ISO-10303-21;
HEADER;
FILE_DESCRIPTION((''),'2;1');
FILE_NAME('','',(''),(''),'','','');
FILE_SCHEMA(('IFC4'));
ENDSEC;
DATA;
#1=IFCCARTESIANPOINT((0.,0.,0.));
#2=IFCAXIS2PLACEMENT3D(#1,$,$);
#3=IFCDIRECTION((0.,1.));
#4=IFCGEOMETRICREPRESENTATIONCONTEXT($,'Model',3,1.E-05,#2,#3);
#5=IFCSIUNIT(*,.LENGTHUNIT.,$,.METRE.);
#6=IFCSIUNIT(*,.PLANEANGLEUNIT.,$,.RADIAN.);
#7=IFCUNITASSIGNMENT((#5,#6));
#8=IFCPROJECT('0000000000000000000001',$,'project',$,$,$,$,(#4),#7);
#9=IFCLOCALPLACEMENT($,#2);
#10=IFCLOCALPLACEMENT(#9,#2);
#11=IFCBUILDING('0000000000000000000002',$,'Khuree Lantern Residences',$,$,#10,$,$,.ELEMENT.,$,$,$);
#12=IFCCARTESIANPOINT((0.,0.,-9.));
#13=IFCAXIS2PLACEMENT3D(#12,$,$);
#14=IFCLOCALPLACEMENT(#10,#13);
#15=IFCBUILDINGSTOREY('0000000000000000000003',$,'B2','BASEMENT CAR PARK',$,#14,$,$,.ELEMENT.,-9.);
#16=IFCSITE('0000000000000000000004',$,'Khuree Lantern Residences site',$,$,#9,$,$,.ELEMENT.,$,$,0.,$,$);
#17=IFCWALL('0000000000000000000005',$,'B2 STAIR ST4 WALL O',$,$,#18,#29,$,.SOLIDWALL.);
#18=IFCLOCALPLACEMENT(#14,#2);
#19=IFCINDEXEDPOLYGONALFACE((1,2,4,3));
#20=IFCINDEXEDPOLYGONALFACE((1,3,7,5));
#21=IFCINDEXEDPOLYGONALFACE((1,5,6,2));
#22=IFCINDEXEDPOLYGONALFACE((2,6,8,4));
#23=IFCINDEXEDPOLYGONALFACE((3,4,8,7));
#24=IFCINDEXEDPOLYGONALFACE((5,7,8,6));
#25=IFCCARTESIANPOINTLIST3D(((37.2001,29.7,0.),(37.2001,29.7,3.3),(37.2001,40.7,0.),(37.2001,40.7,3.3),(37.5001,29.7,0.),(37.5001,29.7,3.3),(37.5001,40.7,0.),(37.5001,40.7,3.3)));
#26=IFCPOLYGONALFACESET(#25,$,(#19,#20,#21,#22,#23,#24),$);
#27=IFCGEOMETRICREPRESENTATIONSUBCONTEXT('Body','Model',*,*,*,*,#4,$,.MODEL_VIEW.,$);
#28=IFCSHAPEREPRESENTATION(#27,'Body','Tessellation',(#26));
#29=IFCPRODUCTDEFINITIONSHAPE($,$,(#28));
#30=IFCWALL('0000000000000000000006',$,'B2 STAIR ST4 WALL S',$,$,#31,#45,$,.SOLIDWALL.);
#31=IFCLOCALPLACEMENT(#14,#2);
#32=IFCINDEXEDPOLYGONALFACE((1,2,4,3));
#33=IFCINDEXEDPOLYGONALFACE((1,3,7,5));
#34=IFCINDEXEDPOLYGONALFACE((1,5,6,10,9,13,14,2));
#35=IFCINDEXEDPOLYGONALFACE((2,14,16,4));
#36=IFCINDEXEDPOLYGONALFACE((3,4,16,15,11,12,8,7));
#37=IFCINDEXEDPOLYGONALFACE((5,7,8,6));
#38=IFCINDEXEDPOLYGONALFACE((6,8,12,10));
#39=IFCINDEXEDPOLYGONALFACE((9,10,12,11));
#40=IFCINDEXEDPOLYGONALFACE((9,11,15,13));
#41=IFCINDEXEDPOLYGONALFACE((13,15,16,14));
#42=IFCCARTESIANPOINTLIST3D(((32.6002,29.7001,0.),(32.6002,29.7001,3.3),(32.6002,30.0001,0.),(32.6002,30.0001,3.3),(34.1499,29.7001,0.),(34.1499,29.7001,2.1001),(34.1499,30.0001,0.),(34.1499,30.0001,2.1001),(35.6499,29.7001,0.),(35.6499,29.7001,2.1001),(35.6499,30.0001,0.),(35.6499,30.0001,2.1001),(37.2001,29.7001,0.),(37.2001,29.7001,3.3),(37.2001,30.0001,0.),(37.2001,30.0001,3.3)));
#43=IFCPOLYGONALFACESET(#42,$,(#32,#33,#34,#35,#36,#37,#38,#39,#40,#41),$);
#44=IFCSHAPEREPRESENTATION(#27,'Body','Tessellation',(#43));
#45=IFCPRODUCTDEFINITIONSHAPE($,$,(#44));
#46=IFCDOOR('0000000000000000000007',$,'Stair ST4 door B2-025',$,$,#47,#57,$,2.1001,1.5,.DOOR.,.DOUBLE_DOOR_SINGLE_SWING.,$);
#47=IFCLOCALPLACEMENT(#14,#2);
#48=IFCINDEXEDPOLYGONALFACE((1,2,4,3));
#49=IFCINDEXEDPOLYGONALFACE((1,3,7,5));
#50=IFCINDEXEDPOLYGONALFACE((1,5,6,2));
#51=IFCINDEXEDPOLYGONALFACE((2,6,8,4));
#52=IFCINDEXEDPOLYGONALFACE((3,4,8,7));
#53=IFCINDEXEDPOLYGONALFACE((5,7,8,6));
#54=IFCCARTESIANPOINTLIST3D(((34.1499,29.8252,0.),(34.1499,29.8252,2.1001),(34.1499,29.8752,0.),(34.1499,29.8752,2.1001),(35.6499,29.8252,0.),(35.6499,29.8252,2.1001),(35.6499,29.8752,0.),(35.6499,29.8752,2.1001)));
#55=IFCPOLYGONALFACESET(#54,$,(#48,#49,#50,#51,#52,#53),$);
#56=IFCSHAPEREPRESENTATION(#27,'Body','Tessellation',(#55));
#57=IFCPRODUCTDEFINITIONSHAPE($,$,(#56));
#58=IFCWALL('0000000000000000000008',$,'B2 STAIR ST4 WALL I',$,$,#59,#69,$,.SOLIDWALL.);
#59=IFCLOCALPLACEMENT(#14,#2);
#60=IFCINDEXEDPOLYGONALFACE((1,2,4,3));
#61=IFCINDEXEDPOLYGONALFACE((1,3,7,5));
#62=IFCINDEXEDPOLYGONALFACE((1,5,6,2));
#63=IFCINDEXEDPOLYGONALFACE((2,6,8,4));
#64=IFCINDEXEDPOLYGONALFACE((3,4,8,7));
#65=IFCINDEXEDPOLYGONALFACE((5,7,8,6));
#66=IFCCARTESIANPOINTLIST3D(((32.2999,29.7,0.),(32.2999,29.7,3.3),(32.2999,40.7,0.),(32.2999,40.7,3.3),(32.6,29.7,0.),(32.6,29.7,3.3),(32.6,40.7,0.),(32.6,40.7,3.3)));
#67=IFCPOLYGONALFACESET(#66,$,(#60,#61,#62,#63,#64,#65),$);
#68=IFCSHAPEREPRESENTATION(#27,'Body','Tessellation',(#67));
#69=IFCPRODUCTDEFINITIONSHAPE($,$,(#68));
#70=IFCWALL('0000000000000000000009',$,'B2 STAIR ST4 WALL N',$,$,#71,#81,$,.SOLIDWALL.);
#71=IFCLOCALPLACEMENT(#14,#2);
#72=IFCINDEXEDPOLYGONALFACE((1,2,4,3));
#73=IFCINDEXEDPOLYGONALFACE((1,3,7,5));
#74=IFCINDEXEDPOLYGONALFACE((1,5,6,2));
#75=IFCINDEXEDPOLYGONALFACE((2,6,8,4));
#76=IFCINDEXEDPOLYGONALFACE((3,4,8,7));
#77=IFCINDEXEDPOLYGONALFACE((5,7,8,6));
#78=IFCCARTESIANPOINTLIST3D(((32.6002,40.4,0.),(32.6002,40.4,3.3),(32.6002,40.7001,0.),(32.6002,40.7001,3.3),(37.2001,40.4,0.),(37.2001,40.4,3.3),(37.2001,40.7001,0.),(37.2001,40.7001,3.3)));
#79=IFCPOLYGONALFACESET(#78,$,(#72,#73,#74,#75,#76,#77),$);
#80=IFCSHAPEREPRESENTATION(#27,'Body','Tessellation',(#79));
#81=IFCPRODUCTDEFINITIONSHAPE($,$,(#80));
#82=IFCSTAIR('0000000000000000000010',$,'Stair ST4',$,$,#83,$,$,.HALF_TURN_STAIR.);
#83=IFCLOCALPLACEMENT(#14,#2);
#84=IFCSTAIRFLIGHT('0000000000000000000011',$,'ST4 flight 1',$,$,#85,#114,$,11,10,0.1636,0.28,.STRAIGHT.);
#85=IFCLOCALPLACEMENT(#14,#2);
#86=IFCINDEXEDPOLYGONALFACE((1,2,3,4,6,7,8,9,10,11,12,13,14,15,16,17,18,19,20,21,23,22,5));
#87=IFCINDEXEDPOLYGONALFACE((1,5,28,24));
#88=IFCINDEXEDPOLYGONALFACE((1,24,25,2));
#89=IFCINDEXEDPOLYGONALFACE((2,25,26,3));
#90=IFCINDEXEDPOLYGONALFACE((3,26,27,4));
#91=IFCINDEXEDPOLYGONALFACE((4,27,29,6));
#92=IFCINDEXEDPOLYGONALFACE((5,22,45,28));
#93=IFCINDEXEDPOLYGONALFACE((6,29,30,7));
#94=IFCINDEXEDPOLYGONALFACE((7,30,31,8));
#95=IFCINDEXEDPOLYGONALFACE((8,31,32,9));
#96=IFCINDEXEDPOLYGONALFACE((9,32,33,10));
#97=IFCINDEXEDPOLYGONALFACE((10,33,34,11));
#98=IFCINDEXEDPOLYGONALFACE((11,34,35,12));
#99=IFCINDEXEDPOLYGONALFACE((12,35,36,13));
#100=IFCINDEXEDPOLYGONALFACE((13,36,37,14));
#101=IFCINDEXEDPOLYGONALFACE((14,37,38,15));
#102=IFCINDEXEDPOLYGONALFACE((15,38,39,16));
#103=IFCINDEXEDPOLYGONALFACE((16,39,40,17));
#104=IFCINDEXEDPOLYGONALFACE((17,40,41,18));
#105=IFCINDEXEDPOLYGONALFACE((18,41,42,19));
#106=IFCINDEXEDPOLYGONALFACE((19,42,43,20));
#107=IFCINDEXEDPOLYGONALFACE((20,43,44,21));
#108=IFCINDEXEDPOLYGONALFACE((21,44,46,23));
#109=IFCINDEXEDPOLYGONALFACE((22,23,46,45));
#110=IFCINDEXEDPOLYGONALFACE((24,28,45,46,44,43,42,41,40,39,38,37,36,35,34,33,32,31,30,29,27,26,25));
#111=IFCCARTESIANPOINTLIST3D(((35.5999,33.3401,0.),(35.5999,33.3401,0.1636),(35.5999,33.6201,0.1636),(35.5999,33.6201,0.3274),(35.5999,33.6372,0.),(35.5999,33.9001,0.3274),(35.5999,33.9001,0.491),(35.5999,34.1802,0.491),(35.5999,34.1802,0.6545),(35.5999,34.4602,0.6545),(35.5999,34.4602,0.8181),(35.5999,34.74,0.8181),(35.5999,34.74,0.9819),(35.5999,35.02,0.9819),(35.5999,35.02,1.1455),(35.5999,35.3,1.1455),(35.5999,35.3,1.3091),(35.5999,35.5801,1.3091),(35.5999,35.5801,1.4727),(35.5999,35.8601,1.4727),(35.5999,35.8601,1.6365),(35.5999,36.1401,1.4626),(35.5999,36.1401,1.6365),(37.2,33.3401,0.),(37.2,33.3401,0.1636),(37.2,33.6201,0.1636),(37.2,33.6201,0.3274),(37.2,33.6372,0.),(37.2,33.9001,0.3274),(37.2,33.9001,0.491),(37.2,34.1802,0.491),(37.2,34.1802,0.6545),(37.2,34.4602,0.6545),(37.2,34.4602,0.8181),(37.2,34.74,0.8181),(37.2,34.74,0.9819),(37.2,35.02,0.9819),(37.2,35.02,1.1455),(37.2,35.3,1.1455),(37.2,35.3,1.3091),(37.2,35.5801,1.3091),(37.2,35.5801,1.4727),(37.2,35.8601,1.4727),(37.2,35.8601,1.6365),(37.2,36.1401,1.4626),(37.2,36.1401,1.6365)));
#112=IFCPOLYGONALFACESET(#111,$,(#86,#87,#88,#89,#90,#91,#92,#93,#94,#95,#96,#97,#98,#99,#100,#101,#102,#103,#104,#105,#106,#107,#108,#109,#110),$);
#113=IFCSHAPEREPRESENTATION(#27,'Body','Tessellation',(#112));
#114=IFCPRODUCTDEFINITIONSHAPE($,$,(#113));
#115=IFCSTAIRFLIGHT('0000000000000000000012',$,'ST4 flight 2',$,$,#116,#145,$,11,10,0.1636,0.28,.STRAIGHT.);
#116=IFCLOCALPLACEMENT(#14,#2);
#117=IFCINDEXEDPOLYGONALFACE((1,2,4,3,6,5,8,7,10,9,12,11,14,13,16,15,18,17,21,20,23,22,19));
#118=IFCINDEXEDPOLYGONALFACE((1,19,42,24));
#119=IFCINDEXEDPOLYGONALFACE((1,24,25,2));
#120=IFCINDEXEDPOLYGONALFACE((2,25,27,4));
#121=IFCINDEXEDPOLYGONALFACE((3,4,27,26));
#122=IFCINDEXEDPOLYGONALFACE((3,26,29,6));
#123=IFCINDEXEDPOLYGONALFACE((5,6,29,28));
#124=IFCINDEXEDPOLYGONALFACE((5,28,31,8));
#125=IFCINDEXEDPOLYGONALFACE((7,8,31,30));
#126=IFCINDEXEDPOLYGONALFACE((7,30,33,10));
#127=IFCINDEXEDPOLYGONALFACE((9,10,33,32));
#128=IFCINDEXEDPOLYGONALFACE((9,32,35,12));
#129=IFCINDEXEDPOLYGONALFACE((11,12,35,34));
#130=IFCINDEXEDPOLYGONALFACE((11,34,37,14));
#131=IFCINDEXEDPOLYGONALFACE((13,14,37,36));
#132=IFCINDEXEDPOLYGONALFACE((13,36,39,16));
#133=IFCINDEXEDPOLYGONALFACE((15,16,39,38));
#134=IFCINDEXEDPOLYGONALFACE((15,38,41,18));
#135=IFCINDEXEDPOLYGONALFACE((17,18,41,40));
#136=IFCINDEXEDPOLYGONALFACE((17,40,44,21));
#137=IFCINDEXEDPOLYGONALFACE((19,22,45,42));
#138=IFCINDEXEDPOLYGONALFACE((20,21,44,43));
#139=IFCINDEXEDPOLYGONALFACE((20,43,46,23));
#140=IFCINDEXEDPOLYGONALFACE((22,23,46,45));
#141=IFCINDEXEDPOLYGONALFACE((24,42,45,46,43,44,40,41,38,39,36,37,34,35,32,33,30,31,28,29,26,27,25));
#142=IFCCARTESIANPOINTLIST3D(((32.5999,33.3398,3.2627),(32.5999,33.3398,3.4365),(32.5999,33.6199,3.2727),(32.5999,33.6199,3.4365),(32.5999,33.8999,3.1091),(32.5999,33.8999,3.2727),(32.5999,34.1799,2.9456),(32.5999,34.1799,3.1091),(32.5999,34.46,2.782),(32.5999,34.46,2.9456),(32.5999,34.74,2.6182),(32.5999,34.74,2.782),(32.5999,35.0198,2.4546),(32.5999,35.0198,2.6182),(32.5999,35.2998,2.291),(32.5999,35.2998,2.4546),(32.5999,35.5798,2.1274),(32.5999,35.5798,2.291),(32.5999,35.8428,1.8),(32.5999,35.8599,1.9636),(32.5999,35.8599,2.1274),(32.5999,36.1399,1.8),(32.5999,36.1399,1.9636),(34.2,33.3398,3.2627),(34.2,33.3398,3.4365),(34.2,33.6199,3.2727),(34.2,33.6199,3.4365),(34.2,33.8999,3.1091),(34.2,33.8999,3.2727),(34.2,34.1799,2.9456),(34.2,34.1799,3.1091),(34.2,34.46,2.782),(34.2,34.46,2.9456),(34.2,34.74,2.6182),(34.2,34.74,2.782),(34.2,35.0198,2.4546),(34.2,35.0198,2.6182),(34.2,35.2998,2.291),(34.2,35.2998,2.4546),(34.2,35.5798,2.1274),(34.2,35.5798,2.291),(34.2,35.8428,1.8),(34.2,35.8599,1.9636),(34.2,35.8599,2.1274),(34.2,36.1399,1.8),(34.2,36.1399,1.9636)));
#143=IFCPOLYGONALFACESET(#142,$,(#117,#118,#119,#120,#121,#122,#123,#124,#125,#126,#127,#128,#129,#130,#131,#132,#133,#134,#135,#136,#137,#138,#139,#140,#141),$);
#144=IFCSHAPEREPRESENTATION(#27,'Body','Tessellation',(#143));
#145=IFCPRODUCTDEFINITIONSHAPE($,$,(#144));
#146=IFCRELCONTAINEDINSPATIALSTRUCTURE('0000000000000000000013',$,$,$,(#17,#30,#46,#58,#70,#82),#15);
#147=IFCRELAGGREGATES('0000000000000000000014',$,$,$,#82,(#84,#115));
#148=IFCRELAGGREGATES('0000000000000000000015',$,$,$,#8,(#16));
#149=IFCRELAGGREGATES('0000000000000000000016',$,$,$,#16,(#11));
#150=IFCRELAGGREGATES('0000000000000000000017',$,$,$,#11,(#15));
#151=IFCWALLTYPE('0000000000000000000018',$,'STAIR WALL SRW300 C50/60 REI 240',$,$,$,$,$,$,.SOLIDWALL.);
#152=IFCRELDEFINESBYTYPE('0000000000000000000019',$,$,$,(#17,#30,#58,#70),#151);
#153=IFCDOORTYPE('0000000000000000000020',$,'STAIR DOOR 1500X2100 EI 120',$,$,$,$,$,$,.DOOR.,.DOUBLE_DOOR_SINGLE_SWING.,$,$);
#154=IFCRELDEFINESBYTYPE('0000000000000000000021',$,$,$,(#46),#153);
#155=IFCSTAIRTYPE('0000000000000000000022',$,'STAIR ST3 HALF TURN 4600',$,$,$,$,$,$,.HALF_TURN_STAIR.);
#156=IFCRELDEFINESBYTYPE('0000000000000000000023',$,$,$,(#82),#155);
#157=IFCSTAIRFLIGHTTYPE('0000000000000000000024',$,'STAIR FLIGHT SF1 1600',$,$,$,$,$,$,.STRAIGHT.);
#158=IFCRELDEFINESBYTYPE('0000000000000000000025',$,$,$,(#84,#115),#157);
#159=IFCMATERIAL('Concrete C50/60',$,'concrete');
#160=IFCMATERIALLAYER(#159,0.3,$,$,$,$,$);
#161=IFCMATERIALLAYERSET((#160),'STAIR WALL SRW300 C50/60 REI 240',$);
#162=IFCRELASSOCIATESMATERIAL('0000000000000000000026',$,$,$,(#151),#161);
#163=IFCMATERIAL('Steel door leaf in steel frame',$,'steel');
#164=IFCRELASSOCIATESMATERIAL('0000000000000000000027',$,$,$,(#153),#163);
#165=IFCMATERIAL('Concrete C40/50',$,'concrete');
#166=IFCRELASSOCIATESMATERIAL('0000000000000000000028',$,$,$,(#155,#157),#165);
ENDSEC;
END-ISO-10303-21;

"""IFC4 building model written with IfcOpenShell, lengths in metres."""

from ifc_helpers import new_model, si_unit, direction, frame, frame_2d, origin, place, context, subcontext, project, spatial, polyline, rectangle, outline, extrude, material, layer, layer_set, type_object, element, fill, aggregate, save


model = new_model("IFC4")

# Units and contexts
model_context = context("Model", 3, precision=1e-05, world=origin(), true_north=direction((0.0, 1.0)))
body_context = subcontext(model_context, "Body", "Model", "MODEL_VIEW")
ifc_project = project(units=[si_unit("LENGTHUNIT", "METRE"), si_unit("PLANEANGLEUNIT", "RADIAN")], contexts=[model_context])

# Site, building, storey
site_placement = place(None, origin())
site = spatial("IfcSite", under=ifc_project, at=site_placement, Name="Khuree Lantern Residences site", CompositionType="ELEMENT", RefElevation=0.0)
building_placement = place(site_placement, origin())
building = spatial("IfcBuilding", under=site, at=building_placement, Name="Khuree Lantern Residences", CompositionType="ELEMENT")
storey_placement = place(building_placement, frame((0.0, 0.0, -9.0)))
storey = spatial("IfcBuildingStorey", under=building, at=storey_placement, Name="B2", Description="BASEMENT CAR PARK", CompositionType="ELEMENT", Elevation=-9.0)

# Shared definitions
ifc_material_1 = material(Name="Concrete C40/50", Category="concrete")

# Wall
ifc_material_2 = material(Name="Concrete C50/60", Category="concrete")
ifc_layer_1 = layer(ifc_material_2, 0.3)
ifc_layer_set_1 = layer_set([ifc_layer_1], Name="STAIR WALL SRW300 C50/60 REI 240")
wall_type = type_object("IfcWallType", Name="STAIR WALL SRW300 C50/60 REI 240", PredefinedType="SOLIDWALL", material=ifc_layer_set_1)
wall_1_placement = place(storey_placement, frame((37.3501, 29.7, 0.0), z_axis=(0.0, 0.0, 1.0), x_axis=(0.0, 1.0, 0.0)))
element("IfcWall", 1, at=wall_1_placement, inside=storey, type_object=wall_type, Name="B2 STAIR ST4 WALL O", PredefinedType="SOLIDWALL", context=body_context, shape_type="SweptSolid", body=[
    extrude(rectangle(XDim=11.0, YDim=0.3, at=frame_2d((5.5, 0.0))), origin(), (0.0, 0.0, 1.0), 3.3),
])

# Wall, opening, door
wall_2_placement = place(storey_placement, frame((37.2, 29.8501, 0.0), z_axis=(0.0, 0.0, 1.0), x_axis=(-1.0, 0.0, 0.0)))
wall_2 = element("IfcWall", 2, at=wall_2_placement, inside=storey, type_object=wall_type, Name="B2 STAIR ST4 WALL S", PredefinedType="SOLIDWALL", context=body_context, shape_type="SweptSolid", body=[
    extrude(rectangle(XDim=4.5999, YDim=0.3, at=frame_2d((2.2998, 0.0))), origin(), (0.0, 0.0, 1.0), 3.3),
])
opening_placement = place(wall_2_placement, frame((1.55, 0.0, 0.0)))
opening = element("IfcOpeningElement", 3, at=opening_placement, cuts=wall_2, PredefinedType="OPENING", context=body_context, shape_type="SweptSolid", body=[
    extrude(rectangle(XDim=1.5, YDim=2.1001, at=frame_2d((0.75, 1.05))), frame((0.0, 0.1602, 0.0), z_axis=(0.0, -1.0, 0.0), x_axis=(1.0, 0.0, 0.0)), (0.0, 0.0, 1.0), 0.3201),
])
ifc_material_3 = material(Name="Steel door leaf in steel frame", Category="steel")
door_type = type_object("IfcDoorType", Name="STAIR DOOR 1500X2100 EI 120", OperationType="DOUBLE_DOOR_SINGLE_SWING", PredefinedType="DOOR", material=ifc_material_3)
door_placement = place(opening_placement, origin())
door = element("IfcDoor", 4, at=door_placement, inside=storey, type_object=door_type, Name="Stair ST4 door B2-025", OperationType="DOUBLE_DOOR_SINGLE_SWING", OverallHeight=2.1001, OverallWidth=1.5, PredefinedType="DOOR", context=body_context, shape_type="SweptSolid", body=[
    extrude(rectangle(XDim=1.5, YDim=2.1001, at=frame_2d((0.75, 1.05))), frame((0.0, 0.0249, 0.0), z_axis=(0.0, -1.0, 0.0), x_axis=(1.0, 0.0, 0.0)), (0.0, 0.0, 1.0), 0.05),
])
fill(opening, door)

# Walls
wall_3_placement = place(storey_placement, frame((32.45, 29.7, 0.0), z_axis=(0.0, 0.0, 1.0), x_axis=(0.0, 1.0, 0.0)))
element("IfcWall", 5, at=wall_3_placement, inside=storey, type_object=wall_type, Name="B2 STAIR ST4 WALL I", PredefinedType="SOLIDWALL", context=body_context, shape_type="SweptSolid", body=[
    extrude(rectangle(XDim=11.0, YDim=0.3, at=frame_2d((5.5, 0.0))), origin(), (0.0, 0.0, 1.0), 3.3),
])
wall_4_placement = place(storey_placement, frame((37.2, 40.55, 0.0), z_axis=(0.0, 0.0, 1.0), x_axis=(-1.0, 0.0, 0.0)))
element("IfcWall", 6, at=wall_4_placement, inside=storey, type_object=wall_type, Name="B2 STAIR ST4 WALL N", PredefinedType="SOLIDWALL", context=body_context, shape_type="SweptSolid", body=[
    extrude(rectangle(XDim=4.5999, YDim=0.3, at=frame_2d((2.2998, 0.0))), origin(), (0.0, 0.0, 1.0), 3.3),
])

# Stair, stair flights
stair_type = type_object("IfcStairType", Name="STAIR ST3 HALF TURN 4600", PredefinedType="HALF_TURN_STAIR", material=ifc_material_1)
stair_placement = place(storey_placement, origin())
stair = element("IfcStair", 7, at=stair_placement, inside=storey, type_object=stair_type, Name="Stair ST4", PredefinedType="HALF_TURN_STAIR")
stair_flight_type = type_object("IfcStairFlightType", Name="STAIR FLIGHT SF1 1600", PredefinedType="STRAIGHT", material=ifc_material_1)
stair_flight_1_placement = place(storey_placement, frame((36.3999, 33.3401, 0.0), z_axis=(0.0, 0.0, 1.0), x_axis=(0.0, 1.0, 0.0)))
stair_flight_1 = element("IfcStairFlight", 8, at=stair_flight_1_placement, type_object=stair_flight_type, Name="ST4 flight 1", NumberOfRisers=11, NumberOfTreads=10, PredefinedType="STRAIGHT", RiserHeight=0.1636, TreadLength=0.28, context=body_context, shape_type="SweptSolid", body=[
    extrude(outline(polyline([(0.0, 0.0), (0.0, 0.1636), (0.28, 0.1636), (0.28, 0.3274), (0.5601, 0.3274), (0.5601, 0.491), (0.8401, 0.491), (0.8401, 0.6545), (1.1201, 0.6545), (1.1201, 0.8181), (1.3999, 0.8181), (1.3999, 0.9819), (1.6799, 0.9819), (1.6799, 1.1455), (1.96, 1.1455), (1.96, 1.3091), (2.24, 1.3091), (2.24, 1.4727), (2.52, 1.4727), (2.52, 1.6365), (2.8, 1.6365), (2.8, 1.8), (2.8, 1.4626), (0.2971, 0.0), (0.0, 0.0)])), frame((0.0, 0.8, 0.0), z_axis=(0.0, -1.0, 0.0), x_axis=(1.0, 0.0, 0.0)), (0.0, 0.0, 1.0), 1.6001),
])
stair_flight_2_placement = place(storey_placement, frame((33.3999, 36.1399, 1.8), z_axis=(0.0, 0.0, 1.0), x_axis=(0.0, -1.0, 0.0)))
stair_flight_2 = element("IfcStairFlight", 9, at=stair_flight_2_placement, type_object=stair_flight_type, Name="ST4 flight 2", NumberOfRisers=11, NumberOfTreads=10, PredefinedType="STRAIGHT", RiserHeight=0.1636, TreadLength=0.28, context=body_context, shape_type="SweptSolid", body=[
    extrude(outline(polyline([(0.0, 0.0), (0.0, 0.1636), (0.28, 0.1636), (0.28, 0.3274), (0.5601, 0.3274), (0.5601, 0.491), (0.8401, 0.491), (0.8401, 0.6545), (1.1201, 0.6545), (1.1201, 0.8181), (1.3999, 0.8181), (1.3999, 0.9819), (1.6799, 0.9819), (1.6799, 1.1455), (1.96, 1.1455), (1.96, 1.3091), (2.24, 1.3091), (2.24, 1.4727), (2.52, 1.4727), (2.52, 1.6365), (2.8, 1.6365), (2.8, 1.8), (2.8, 1.4626), (0.2971, 0.0), (0.0, 0.0)])), frame((0.0, 0.8, 0.0), z_axis=(0.0, -1.0, 0.0), x_axis=(1.0, 0.0, 0.0)), (0.0, 0.0, 1.0), 1.6001),
])
aggregate(stair, [stair_flight_1, stair_flight_2])

save(model, "model.ifc")
